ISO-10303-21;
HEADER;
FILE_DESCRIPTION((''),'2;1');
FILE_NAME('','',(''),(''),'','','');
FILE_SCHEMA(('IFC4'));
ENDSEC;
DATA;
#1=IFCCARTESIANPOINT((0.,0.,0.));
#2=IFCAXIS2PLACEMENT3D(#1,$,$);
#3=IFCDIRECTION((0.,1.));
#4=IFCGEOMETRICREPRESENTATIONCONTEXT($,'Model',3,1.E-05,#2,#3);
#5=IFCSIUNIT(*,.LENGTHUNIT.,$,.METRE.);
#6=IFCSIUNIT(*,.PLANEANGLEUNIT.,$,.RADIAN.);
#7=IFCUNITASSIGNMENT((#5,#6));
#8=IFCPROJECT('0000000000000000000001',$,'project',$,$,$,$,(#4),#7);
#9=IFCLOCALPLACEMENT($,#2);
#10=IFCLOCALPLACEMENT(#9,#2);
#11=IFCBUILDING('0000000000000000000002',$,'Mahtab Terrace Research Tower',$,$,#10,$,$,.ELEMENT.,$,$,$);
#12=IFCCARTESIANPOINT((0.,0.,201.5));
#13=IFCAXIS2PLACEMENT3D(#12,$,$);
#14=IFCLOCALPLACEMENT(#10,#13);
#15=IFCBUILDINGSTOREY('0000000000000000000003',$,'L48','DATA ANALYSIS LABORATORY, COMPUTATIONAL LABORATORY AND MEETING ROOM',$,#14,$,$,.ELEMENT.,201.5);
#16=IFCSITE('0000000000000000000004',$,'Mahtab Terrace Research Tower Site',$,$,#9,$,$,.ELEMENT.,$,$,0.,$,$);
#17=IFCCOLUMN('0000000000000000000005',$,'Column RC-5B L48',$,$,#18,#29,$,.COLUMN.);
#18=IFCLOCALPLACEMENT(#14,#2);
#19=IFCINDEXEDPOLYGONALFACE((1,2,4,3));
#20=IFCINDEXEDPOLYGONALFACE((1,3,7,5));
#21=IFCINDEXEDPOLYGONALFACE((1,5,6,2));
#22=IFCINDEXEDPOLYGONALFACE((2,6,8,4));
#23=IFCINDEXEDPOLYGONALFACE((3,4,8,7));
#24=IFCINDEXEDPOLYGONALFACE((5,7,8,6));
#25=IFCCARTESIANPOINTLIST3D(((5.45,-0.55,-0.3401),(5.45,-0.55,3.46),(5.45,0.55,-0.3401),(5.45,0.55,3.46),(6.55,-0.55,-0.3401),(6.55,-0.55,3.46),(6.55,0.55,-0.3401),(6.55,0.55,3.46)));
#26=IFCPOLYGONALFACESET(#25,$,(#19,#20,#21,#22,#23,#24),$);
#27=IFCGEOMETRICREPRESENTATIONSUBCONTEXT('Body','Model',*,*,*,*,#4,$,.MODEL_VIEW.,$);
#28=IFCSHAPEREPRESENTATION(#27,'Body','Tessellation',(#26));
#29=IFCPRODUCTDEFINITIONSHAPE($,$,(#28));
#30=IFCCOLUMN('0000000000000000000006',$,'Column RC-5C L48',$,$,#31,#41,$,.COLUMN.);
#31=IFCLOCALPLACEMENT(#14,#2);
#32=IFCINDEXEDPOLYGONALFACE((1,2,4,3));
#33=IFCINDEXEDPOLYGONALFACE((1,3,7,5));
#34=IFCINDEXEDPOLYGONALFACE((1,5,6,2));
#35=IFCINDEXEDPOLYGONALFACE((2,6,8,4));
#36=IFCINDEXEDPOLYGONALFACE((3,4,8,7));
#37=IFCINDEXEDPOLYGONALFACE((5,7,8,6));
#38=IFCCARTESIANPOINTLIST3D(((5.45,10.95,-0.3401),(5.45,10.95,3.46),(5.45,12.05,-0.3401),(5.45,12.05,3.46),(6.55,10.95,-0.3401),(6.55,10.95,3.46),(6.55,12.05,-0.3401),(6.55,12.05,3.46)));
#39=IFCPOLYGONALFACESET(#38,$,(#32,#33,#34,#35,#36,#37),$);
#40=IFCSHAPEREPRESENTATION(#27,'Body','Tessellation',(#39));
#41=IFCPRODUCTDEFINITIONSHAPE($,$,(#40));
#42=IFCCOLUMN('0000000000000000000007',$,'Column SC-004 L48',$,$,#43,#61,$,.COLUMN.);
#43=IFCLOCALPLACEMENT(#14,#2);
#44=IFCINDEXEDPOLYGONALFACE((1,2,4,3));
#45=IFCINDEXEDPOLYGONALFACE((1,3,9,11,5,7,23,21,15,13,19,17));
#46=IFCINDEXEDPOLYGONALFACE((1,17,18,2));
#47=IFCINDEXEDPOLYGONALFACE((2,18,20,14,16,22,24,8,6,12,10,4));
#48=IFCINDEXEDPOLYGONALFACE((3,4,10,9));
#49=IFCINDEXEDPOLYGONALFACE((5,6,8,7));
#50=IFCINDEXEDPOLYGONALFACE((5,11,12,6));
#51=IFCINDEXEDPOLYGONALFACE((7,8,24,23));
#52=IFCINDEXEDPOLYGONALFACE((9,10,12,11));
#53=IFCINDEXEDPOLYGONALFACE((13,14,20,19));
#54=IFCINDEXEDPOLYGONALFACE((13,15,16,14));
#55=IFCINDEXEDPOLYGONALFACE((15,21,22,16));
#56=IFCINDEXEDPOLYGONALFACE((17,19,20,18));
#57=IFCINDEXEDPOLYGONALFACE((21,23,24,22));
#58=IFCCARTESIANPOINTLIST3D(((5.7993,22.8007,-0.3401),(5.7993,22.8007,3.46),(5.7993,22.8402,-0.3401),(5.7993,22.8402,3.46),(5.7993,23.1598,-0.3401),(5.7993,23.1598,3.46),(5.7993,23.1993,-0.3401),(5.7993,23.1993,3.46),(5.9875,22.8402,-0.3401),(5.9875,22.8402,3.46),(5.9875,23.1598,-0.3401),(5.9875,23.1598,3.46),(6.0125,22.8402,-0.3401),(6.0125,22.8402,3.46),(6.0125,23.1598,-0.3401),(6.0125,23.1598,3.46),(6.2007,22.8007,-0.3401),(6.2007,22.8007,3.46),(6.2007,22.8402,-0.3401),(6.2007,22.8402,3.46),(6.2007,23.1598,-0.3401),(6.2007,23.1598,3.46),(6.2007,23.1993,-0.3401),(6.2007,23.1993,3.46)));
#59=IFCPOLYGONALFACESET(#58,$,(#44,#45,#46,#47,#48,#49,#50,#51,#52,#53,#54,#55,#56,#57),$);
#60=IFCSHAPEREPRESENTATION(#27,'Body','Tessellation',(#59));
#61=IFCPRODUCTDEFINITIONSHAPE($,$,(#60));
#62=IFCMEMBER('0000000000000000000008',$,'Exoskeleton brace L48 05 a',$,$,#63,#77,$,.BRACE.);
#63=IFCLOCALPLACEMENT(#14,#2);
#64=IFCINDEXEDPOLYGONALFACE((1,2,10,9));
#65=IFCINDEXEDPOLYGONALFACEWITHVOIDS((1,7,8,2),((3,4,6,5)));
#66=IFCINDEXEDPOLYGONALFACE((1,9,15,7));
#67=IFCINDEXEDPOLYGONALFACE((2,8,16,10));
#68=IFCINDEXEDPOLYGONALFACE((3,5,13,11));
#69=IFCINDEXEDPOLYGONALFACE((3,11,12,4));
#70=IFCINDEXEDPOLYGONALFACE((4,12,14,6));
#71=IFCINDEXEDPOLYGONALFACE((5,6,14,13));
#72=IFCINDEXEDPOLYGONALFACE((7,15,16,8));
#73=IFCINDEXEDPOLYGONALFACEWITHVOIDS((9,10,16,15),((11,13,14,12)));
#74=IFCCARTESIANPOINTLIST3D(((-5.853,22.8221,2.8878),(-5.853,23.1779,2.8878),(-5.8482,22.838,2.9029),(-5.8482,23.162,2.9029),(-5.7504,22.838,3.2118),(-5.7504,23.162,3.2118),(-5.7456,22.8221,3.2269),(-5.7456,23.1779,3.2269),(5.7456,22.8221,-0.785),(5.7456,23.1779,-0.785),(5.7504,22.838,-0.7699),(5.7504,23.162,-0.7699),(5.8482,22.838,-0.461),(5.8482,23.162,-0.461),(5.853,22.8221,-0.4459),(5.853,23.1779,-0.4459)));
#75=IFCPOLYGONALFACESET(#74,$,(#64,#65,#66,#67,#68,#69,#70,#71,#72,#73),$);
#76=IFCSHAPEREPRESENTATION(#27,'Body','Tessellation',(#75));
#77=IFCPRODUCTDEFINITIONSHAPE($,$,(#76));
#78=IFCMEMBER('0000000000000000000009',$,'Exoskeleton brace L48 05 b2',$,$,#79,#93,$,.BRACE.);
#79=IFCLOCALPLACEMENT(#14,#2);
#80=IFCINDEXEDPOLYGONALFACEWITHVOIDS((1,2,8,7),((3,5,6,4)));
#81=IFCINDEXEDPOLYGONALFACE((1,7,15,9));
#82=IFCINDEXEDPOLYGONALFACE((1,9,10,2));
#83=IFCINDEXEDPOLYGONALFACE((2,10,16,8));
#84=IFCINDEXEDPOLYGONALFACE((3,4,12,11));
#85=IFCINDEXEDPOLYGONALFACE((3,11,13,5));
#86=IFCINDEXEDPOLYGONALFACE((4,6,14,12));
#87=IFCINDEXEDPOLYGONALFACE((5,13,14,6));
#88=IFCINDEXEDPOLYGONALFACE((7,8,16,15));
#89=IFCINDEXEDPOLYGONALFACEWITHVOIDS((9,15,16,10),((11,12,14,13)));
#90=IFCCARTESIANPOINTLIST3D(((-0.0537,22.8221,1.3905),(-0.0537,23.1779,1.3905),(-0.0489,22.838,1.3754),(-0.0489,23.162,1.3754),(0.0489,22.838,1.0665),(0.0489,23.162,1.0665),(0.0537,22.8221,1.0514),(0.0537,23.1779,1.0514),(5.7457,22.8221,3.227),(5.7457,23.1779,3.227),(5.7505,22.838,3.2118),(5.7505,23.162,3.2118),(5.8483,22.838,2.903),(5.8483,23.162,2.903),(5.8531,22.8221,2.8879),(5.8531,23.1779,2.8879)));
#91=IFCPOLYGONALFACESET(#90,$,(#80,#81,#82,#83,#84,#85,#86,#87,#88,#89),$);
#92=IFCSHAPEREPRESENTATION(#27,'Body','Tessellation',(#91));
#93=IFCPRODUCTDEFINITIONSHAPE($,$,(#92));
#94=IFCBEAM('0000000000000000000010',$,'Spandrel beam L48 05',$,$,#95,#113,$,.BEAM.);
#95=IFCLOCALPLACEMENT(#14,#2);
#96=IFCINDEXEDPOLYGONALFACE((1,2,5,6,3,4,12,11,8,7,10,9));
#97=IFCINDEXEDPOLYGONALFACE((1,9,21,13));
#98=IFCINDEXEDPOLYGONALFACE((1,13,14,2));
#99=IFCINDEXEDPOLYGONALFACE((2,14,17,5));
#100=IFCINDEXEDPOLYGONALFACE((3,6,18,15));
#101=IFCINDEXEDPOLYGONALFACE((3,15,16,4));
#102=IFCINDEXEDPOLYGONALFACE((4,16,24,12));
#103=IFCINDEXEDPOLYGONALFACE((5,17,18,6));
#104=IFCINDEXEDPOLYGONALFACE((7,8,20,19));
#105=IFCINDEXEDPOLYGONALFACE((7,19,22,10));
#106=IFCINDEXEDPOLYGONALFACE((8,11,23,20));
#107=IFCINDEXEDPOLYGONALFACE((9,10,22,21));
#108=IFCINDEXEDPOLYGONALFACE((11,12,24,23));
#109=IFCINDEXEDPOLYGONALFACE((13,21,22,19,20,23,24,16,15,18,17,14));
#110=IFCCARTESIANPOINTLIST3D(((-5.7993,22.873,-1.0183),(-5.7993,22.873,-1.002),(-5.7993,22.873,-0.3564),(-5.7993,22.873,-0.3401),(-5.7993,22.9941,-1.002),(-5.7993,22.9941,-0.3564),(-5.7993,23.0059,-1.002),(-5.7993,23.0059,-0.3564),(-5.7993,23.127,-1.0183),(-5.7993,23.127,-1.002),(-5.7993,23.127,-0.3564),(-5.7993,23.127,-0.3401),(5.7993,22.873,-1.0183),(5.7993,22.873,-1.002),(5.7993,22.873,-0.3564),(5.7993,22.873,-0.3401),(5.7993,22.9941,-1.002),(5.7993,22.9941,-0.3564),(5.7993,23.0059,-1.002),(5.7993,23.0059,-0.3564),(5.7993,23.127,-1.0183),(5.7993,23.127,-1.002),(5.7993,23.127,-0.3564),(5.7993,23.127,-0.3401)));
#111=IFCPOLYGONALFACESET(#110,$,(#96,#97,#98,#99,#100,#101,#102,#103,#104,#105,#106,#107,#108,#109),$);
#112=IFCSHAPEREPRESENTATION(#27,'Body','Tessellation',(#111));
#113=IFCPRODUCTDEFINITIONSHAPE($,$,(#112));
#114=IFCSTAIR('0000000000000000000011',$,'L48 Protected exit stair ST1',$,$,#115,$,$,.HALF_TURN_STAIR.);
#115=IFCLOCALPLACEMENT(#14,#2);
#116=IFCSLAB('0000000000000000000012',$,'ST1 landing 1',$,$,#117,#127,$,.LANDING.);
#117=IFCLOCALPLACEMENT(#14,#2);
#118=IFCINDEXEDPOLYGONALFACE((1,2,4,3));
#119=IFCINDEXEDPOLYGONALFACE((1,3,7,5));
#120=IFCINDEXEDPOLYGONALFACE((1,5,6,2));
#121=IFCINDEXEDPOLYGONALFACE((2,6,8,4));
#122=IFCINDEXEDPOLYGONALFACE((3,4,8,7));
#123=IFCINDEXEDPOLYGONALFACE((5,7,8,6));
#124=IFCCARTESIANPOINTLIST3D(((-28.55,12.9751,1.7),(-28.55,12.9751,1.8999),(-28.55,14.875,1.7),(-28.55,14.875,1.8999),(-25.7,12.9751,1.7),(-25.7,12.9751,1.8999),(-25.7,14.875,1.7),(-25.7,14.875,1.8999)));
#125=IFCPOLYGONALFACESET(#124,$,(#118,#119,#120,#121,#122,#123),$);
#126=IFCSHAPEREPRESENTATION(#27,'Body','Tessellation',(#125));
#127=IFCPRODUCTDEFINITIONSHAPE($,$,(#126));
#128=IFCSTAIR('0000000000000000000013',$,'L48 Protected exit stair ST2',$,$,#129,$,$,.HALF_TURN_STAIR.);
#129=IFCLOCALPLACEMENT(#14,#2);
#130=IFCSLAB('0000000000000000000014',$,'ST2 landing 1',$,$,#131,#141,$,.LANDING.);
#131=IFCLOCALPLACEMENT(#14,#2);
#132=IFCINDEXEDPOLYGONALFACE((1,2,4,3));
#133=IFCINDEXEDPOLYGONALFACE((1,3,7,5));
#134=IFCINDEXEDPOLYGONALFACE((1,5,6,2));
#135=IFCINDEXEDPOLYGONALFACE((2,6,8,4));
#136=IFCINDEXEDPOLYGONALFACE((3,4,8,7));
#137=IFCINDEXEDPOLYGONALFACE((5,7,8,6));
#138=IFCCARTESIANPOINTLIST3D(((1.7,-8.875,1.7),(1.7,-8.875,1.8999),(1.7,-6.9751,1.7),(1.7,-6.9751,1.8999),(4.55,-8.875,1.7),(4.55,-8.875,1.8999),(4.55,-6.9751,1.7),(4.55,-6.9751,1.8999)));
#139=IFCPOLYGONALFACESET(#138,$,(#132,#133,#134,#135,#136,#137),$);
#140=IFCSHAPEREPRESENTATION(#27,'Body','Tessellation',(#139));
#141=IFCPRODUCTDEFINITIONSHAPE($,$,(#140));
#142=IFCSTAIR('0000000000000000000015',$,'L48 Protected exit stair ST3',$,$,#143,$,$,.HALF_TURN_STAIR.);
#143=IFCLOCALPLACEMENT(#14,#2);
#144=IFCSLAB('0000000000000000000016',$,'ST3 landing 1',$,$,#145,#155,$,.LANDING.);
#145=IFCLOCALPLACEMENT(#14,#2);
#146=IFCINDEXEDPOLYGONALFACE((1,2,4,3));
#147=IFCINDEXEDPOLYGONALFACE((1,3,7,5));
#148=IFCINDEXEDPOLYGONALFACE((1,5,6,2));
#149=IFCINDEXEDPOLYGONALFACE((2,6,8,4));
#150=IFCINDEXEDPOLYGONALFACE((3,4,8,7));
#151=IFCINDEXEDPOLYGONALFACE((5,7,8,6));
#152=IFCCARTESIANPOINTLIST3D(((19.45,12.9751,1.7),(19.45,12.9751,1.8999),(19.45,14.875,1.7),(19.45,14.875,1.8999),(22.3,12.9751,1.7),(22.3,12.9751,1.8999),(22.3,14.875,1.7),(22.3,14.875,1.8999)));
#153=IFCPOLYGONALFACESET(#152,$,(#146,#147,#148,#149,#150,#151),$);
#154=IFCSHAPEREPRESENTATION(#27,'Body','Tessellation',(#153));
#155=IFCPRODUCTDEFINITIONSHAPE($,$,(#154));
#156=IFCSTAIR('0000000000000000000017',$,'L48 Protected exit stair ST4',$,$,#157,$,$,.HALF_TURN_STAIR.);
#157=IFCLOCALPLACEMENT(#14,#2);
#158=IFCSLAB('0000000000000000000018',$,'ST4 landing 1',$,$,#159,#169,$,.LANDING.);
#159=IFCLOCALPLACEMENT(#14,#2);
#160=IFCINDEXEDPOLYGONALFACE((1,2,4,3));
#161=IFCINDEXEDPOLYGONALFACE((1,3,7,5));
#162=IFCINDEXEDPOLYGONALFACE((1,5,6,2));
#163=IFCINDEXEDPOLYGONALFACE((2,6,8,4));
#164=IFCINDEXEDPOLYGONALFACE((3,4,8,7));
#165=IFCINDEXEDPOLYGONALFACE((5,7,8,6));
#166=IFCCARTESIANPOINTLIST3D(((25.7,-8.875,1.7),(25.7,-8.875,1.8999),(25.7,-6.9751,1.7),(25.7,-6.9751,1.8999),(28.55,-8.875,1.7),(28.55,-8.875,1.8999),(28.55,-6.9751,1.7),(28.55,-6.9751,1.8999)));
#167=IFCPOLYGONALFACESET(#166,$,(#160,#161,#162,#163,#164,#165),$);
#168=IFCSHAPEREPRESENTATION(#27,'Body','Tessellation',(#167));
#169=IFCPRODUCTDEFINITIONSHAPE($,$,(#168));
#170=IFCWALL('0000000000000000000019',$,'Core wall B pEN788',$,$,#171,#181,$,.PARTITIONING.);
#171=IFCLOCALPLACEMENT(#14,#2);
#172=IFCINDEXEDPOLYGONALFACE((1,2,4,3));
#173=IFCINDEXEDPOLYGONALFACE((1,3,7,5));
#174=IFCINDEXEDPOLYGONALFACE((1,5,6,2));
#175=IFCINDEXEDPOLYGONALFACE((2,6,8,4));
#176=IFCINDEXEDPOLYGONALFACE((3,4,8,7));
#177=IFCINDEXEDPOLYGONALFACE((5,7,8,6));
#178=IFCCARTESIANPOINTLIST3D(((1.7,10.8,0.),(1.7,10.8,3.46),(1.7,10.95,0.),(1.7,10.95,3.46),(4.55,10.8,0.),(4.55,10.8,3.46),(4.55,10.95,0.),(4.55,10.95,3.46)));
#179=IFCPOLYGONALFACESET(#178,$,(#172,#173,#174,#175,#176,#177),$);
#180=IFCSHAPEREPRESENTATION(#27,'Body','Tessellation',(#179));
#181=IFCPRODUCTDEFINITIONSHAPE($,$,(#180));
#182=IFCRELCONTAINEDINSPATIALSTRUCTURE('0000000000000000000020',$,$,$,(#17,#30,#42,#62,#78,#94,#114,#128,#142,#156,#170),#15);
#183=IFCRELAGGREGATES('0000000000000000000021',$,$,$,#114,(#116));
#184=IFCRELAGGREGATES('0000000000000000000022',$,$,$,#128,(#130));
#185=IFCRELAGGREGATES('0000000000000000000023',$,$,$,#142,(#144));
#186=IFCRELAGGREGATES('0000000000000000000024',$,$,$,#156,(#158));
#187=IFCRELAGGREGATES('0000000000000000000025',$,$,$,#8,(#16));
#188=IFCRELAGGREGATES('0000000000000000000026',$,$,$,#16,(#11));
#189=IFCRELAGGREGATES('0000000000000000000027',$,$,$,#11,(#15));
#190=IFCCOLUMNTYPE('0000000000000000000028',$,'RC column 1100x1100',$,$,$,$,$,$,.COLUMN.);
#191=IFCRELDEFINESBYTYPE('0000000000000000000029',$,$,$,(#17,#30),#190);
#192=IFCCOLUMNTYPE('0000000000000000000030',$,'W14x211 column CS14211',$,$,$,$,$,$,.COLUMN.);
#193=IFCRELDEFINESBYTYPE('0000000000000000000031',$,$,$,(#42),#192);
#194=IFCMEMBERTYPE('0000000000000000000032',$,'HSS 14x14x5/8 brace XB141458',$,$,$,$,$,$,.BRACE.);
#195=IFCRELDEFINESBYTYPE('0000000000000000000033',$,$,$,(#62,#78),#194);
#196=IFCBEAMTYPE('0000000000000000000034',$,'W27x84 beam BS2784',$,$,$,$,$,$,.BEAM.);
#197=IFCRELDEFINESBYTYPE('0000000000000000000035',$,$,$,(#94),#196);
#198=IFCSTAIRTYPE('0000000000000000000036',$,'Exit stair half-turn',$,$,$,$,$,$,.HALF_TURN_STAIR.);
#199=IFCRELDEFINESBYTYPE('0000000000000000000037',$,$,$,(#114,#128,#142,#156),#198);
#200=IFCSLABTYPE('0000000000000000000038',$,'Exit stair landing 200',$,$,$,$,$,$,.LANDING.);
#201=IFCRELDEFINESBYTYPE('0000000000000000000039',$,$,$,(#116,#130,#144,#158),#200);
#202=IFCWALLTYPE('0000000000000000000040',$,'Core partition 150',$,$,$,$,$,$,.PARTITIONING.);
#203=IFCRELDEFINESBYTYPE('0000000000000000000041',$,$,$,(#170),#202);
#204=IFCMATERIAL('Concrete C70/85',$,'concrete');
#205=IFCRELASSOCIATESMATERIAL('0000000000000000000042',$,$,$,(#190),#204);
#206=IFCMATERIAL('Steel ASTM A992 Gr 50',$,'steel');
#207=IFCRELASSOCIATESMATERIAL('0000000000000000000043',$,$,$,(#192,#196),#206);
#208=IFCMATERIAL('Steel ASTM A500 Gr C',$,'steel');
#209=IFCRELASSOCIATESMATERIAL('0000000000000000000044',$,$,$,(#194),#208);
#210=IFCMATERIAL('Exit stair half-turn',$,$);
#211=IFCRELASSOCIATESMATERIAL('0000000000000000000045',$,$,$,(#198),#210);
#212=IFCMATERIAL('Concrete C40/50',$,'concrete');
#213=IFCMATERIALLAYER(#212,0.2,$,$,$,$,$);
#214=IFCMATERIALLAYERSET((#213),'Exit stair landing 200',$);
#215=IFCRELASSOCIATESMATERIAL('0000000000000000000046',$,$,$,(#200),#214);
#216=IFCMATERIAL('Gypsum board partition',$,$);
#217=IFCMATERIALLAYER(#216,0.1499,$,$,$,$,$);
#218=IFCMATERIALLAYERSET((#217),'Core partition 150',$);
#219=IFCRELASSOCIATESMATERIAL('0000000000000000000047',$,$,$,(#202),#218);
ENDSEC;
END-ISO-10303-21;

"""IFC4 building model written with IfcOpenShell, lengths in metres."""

from ifc_helpers import new_model, si_unit, direction, frame, frame_2d, origin, origin_2d, place, context, subcontext, project, spatial, polyline, rectangle, hollow_rectangle, i_section, outline, extrude, material, layer, layer_set, material_profile, profile_set, type_object, element, aggregate, save


model = new_model("IFC4")

# Units and contexts
model_context = context("Model", 3, precision=1e-05, world=origin(), true_north=direction((0.0, 1.0)))
body_context = subcontext(model_context, "Body", "Model", "MODEL_VIEW")
ifc_project = project(units=[si_unit("LENGTHUNIT", "METRE"), si_unit("PLANEANGLEUNIT", "RADIAN")], contexts=[model_context])

# Site, building, storey
site_placement = place(None, origin())
site = spatial("IfcSite", under=ifc_project, at=site_placement, Name="Mahtab Terrace Research Tower Site", CompositionType="ELEMENT", RefElevation=0.0)
building_placement = place(site_placement, origin())
building = spatial("IfcBuilding", under=site, at=building_placement, Name="Mahtab Terrace Research Tower", CompositionType="ELEMENT")
storey_placement = place(building_placement, frame((0.0, 0.0, 201.5)))
storey = spatial("IfcBuildingStorey", under=building, at=storey_placement, Name="L48", Description="DATA ANALYSIS LABORATORY, COMPUTATIONAL LABORATORY AND MEETING ROOM", CompositionType="ELEMENT", Elevation=201.5)

# Columns
ifc_material_1 = material(Name="Concrete C70/85", Category="concrete")
ifc_material_profile_1 = material_profile(ifc_material_1, rectangle(XDim=1.1001, YDim=1.1001, at=origin_2d()), Name="RC column 1100x1100")
ifc_profile_set_1 = profile_set([ifc_material_profile_1], Name="Concrete C70/85")
column_type_1 = type_object("IfcColumnType", Name="RC column 1100x1100", PredefinedType="COLUMN", material=ifc_profile_set_1)
for number, where, z_axis, x_axis, name in (
    (1, (6.0, 0.0, -0.3401), (0.0, 0.0, 1.0), (1.0, 0.0, 0.0), "Column RC-5B L48"),
    (2, (6.0, 11.5, -0.3401), (0.0, 0.0, 1.0), (1.0, 0.0, 0.0), "Column RC-5C L48"),
):
    element("IfcColumn", number, at=place(storey_placement, frame(where, z_axis=z_axis, x_axis=x_axis)), inside=storey, type_object=column_type_1, Name=name, PredefinedType="COLUMN", context=body_context, shape_type="SweptSolid", body=[
        extrude(rectangle(XDim=1.1001, YDim=1.1001, at=origin_2d()), origin(), (0.0, 0.0, 1.0), 3.8),
    ])
ifc_material_2 = material(Name="Steel ASTM A992 Gr 50", Category="steel")
ifc_material_profile_2 = material_profile(ifc_material_2, i_section(OverallWidth=0.4014, OverallDepth=0.3987, WebThickness=0.0249, FlangeThickness=0.0396, at=origin_2d()), Name="W14X211")
ifc_profile_set_2 = profile_set([ifc_material_profile_2], Name="Steel ASTM A992 Gr 50")
column_type_2 = type_object("IfcColumnType", Name="W14x211 column CS14211", PredefinedType="COLUMN", material=ifc_profile_set_2)
column_placement = place(storey_placement, frame((6.0, 23.0, -0.3401), z_axis=(0.0, 0.0, 1.0), x_axis=(1.0, 0.0, 0.0)))
element("IfcColumn", 3, at=column_placement, inside=storey, type_object=column_type_2, Name="Column SC-004 L48", PredefinedType="COLUMN", context=body_context, shape_type="SweptSolid", body=[
    extrude(i_section(OverallWidth=0.4014, OverallDepth=0.3987, WebThickness=0.0249, FlangeThickness=0.0396, at=origin_2d()), origin(), (0.0, 0.0, 1.0), 3.8),
])

# Members
ifc_material_3 = material(Name="Steel ASTM A500 Gr C", Category="steel")
ifc_material_profile_3 = material_profile(ifc_material_3, hollow_rectangle(XDim=0.3557, YDim=0.3557, WallThickness=0.0159, at=origin_2d()), Name="HSS14X14X5/8")
ifc_profile_set_3 = profile_set([ifc_material_profile_3], Name="Steel ASTM A500 Gr C")
member_type = type_object("IfcMemberType", Name="HSS 14x14x5/8 brace XB141458", PredefinedType="BRACE", material=ifc_profile_set_3)
member_1_placement = place(storey_placement, frame((5.7993, 23.0, -0.6155), z_axis=(-0.953343, 0.0, 0.301888), x_axis=(0.0, -1.0, 0.0)))
element("IfcMember", 4, at=member_1_placement, inside=storey, type_object=member_type, Name="Exoskeleton brace L48 05 a", PredefinedType="BRACE", context=body_context, shape_type="SweptSolid", body=[
    extrude(hollow_rectangle(XDim=0.3557, YDim=0.3557, WallThickness=0.0159, at=origin_2d()), origin(), (0.0, 0.0, 1.0), 12.1663),
])
member_2_placement = place(storey_placement, frame((0.0, 23.0, 1.2209), z_axis=(0.953343, 0.0, 0.301888), x_axis=(0.0, 1.0, 0.0)))
element("IfcMember", 5, at=member_2_placement, inside=storey, type_object=member_type, Name="Exoskeleton brace L48 05 b2", PredefinedType="BRACE", context=body_context, shape_type="SweptSolid", body=[
    extrude(hollow_rectangle(XDim=0.3557, YDim=0.3557, WallThickness=0.0159, at=origin_2d()), origin(), (0.0, 0.0, 1.0), 6.0833),
])

# Beam
ifc_material_profile_4 = material_profile(ifc_material_2, i_section(OverallWidth=0.2539, OverallDepth=0.6782, WebThickness=0.0117, FlangeThickness=0.0164, at=origin_2d()), Name="W27X84")
ifc_profile_set_4 = profile_set([ifc_material_profile_4], Name="Steel ASTM A992 Gr 50")
beam_type = type_object("IfcBeamType", Name="W27x84 beam BS2784", PredefinedType="BEAM", material=ifc_profile_set_4)
beam_placement = place(storey_placement, frame((5.7993, 23.0, -0.6792), z_axis=(-1.0, 0.0, 0.0), x_axis=(0.0, -1.0, 0.0)))
element("IfcBeam", 6, at=beam_placement, inside=storey, type_object=beam_type, Name="Spandrel beam L48 05", PredefinedType="BEAM", context=body_context, shape_type="SweptSolid", body=[
    extrude(i_section(OverallWidth=0.2539, OverallDepth=0.6782, WebThickness=0.0117, FlangeThickness=0.0164, at=origin_2d()), origin(), (0.0, 0.0, 1.0), 11.5986),
])

# Stairs, slabs
ifc_material_4 = material(Name="Exit stair half-turn")
stair_type = type_object("IfcStairType", Name="Exit stair half-turn", PredefinedType="HALF_TURN_STAIR", material=ifc_material_4)
stair_1_placement = place(storey_placement, origin())
stair_1 = element("IfcStair", 7, at=stair_1_placement, inside=storey, type_object=stair_type, Name="L48 Protected exit stair ST1", PredefinedType="HALF_TURN_STAIR")
ifc_material_5 = material(Name="Concrete C40/50", Category="concrete")
ifc_layer_1 = layer(ifc_material_5, 0.2)
ifc_layer_set_1 = layer_set([ifc_layer_1], Name="Exit stair landing 200")
slab_type = type_object("IfcSlabType", Name="Exit stair landing 200", PredefinedType="LANDING", material=ifc_layer_set_1)
slab_1_placement = place(storey_placement, frame((0.0, 0.0, 1.7)))
slab_1 = element("IfcSlab", 8, at=slab_1_placement, type_object=slab_type, Name="ST1 landing 1", PredefinedType="LANDING", context=body_context, shape_type="SweptSolid", body=[
    extrude(outline(polyline([(-25.7, 12.9751), (-25.7, 14.875), (-28.55, 14.875), (-28.55, 12.9751), (-25.7, 12.9751)])), origin(), (0.0, 0.0, 1.0), 0.2),
])
aggregate(stair_1, [slab_1])
stair_2_placement = place(storey_placement, origin())
stair_2 = element("IfcStair", 9, at=stair_2_placement, inside=storey, type_object=stair_type, Name="L48 Protected exit stair ST2", PredefinedType="HALF_TURN_STAIR")
slab_2_placement = place(storey_placement, frame((0.0, 0.0, 1.7)))
slab_2 = element("IfcSlab", 10, at=slab_2_placement, type_object=slab_type, Name="ST2 landing 1", PredefinedType="LANDING", context=body_context, shape_type="SweptSolid", body=[
    extrude(outline(polyline([(1.7, -6.9751), (1.7, -8.875), (4.55, -8.875), (4.55, -6.9751), (1.7, -6.9751)])), origin(), (0.0, 0.0, 1.0), 0.2),
])
aggregate(stair_2, [slab_2])
stair_3_placement = place(storey_placement, origin())
stair_3 = element("IfcStair", 11, at=stair_3_placement, inside=storey, type_object=stair_type, Name="L48 Protected exit stair ST3", PredefinedType="HALF_TURN_STAIR")
slab_3_placement = place(storey_placement, frame((0.0, 0.0, 1.7)))
slab_3 = element("IfcSlab", 12, at=slab_3_placement, type_object=slab_type, Name="ST3 landing 1", PredefinedType="LANDING", context=body_context, shape_type="SweptSolid", body=[
    extrude(outline(polyline([(22.3, 12.9751), (22.3, 14.875), (19.45, 14.875), (19.45, 12.9751), (22.3, 12.9751)])), origin(), (0.0, 0.0, 1.0), 0.2),
])
aggregate(stair_3, [slab_3])
stair_4_placement = place(storey_placement, origin())
stair_4 = element("IfcStair", 13, at=stair_4_placement, inside=storey, type_object=stair_type, Name="L48 Protected exit stair ST4", PredefinedType="HALF_TURN_STAIR")
slab_4_placement = place(storey_placement, frame((0.0, 0.0, 1.7)))
slab_4 = element("IfcSlab", 14, at=slab_4_placement, type_object=slab_type, Name="ST4 landing 1", PredefinedType="LANDING", context=body_context, shape_type="SweptSolid", body=[
    extrude(outline(polyline([(25.7, -6.9751), (25.7, -8.875), (28.55, -8.875), (28.55, -6.9751), (25.7, -6.9751)])), origin(), (0.0, 0.0, 1.0), 0.2),
])
aggregate(stair_4, [slab_4])

# Wall
ifc_material_6 = material(Name="Gypsum board partition")
ifc_layer_2 = layer(ifc_material_6, 0.1499)
ifc_layer_set_2 = layer_set([ifc_layer_2], Name="Core partition 150")
wall_type_1 = type_object("IfcWallType", Name="Core partition 150", PredefinedType="PARTITIONING", material=ifc_layer_set_2)
wall_1_placement = place(storey_placement, frame((1.7, 10.875, 0.0), z_axis=(0.0, 0.0, 1.0), x_axis=(1.0, 0.0, 0.0)))
element("IfcWall", 15, at=wall_1_placement, inside=storey, type_object=wall_type_1, Name="Core wall B pEN788", PredefinedType="PARTITIONING", context=body_context, shape_type="SweptSolid", body=[
    extrude(rectangle(XDim=2.8501, YDim=0.1499, at=frame_2d((1.425, 0.0))), origin(), (0.0, 0.0, 1.0), 3.46),
])

save(model, "model.ifc")
